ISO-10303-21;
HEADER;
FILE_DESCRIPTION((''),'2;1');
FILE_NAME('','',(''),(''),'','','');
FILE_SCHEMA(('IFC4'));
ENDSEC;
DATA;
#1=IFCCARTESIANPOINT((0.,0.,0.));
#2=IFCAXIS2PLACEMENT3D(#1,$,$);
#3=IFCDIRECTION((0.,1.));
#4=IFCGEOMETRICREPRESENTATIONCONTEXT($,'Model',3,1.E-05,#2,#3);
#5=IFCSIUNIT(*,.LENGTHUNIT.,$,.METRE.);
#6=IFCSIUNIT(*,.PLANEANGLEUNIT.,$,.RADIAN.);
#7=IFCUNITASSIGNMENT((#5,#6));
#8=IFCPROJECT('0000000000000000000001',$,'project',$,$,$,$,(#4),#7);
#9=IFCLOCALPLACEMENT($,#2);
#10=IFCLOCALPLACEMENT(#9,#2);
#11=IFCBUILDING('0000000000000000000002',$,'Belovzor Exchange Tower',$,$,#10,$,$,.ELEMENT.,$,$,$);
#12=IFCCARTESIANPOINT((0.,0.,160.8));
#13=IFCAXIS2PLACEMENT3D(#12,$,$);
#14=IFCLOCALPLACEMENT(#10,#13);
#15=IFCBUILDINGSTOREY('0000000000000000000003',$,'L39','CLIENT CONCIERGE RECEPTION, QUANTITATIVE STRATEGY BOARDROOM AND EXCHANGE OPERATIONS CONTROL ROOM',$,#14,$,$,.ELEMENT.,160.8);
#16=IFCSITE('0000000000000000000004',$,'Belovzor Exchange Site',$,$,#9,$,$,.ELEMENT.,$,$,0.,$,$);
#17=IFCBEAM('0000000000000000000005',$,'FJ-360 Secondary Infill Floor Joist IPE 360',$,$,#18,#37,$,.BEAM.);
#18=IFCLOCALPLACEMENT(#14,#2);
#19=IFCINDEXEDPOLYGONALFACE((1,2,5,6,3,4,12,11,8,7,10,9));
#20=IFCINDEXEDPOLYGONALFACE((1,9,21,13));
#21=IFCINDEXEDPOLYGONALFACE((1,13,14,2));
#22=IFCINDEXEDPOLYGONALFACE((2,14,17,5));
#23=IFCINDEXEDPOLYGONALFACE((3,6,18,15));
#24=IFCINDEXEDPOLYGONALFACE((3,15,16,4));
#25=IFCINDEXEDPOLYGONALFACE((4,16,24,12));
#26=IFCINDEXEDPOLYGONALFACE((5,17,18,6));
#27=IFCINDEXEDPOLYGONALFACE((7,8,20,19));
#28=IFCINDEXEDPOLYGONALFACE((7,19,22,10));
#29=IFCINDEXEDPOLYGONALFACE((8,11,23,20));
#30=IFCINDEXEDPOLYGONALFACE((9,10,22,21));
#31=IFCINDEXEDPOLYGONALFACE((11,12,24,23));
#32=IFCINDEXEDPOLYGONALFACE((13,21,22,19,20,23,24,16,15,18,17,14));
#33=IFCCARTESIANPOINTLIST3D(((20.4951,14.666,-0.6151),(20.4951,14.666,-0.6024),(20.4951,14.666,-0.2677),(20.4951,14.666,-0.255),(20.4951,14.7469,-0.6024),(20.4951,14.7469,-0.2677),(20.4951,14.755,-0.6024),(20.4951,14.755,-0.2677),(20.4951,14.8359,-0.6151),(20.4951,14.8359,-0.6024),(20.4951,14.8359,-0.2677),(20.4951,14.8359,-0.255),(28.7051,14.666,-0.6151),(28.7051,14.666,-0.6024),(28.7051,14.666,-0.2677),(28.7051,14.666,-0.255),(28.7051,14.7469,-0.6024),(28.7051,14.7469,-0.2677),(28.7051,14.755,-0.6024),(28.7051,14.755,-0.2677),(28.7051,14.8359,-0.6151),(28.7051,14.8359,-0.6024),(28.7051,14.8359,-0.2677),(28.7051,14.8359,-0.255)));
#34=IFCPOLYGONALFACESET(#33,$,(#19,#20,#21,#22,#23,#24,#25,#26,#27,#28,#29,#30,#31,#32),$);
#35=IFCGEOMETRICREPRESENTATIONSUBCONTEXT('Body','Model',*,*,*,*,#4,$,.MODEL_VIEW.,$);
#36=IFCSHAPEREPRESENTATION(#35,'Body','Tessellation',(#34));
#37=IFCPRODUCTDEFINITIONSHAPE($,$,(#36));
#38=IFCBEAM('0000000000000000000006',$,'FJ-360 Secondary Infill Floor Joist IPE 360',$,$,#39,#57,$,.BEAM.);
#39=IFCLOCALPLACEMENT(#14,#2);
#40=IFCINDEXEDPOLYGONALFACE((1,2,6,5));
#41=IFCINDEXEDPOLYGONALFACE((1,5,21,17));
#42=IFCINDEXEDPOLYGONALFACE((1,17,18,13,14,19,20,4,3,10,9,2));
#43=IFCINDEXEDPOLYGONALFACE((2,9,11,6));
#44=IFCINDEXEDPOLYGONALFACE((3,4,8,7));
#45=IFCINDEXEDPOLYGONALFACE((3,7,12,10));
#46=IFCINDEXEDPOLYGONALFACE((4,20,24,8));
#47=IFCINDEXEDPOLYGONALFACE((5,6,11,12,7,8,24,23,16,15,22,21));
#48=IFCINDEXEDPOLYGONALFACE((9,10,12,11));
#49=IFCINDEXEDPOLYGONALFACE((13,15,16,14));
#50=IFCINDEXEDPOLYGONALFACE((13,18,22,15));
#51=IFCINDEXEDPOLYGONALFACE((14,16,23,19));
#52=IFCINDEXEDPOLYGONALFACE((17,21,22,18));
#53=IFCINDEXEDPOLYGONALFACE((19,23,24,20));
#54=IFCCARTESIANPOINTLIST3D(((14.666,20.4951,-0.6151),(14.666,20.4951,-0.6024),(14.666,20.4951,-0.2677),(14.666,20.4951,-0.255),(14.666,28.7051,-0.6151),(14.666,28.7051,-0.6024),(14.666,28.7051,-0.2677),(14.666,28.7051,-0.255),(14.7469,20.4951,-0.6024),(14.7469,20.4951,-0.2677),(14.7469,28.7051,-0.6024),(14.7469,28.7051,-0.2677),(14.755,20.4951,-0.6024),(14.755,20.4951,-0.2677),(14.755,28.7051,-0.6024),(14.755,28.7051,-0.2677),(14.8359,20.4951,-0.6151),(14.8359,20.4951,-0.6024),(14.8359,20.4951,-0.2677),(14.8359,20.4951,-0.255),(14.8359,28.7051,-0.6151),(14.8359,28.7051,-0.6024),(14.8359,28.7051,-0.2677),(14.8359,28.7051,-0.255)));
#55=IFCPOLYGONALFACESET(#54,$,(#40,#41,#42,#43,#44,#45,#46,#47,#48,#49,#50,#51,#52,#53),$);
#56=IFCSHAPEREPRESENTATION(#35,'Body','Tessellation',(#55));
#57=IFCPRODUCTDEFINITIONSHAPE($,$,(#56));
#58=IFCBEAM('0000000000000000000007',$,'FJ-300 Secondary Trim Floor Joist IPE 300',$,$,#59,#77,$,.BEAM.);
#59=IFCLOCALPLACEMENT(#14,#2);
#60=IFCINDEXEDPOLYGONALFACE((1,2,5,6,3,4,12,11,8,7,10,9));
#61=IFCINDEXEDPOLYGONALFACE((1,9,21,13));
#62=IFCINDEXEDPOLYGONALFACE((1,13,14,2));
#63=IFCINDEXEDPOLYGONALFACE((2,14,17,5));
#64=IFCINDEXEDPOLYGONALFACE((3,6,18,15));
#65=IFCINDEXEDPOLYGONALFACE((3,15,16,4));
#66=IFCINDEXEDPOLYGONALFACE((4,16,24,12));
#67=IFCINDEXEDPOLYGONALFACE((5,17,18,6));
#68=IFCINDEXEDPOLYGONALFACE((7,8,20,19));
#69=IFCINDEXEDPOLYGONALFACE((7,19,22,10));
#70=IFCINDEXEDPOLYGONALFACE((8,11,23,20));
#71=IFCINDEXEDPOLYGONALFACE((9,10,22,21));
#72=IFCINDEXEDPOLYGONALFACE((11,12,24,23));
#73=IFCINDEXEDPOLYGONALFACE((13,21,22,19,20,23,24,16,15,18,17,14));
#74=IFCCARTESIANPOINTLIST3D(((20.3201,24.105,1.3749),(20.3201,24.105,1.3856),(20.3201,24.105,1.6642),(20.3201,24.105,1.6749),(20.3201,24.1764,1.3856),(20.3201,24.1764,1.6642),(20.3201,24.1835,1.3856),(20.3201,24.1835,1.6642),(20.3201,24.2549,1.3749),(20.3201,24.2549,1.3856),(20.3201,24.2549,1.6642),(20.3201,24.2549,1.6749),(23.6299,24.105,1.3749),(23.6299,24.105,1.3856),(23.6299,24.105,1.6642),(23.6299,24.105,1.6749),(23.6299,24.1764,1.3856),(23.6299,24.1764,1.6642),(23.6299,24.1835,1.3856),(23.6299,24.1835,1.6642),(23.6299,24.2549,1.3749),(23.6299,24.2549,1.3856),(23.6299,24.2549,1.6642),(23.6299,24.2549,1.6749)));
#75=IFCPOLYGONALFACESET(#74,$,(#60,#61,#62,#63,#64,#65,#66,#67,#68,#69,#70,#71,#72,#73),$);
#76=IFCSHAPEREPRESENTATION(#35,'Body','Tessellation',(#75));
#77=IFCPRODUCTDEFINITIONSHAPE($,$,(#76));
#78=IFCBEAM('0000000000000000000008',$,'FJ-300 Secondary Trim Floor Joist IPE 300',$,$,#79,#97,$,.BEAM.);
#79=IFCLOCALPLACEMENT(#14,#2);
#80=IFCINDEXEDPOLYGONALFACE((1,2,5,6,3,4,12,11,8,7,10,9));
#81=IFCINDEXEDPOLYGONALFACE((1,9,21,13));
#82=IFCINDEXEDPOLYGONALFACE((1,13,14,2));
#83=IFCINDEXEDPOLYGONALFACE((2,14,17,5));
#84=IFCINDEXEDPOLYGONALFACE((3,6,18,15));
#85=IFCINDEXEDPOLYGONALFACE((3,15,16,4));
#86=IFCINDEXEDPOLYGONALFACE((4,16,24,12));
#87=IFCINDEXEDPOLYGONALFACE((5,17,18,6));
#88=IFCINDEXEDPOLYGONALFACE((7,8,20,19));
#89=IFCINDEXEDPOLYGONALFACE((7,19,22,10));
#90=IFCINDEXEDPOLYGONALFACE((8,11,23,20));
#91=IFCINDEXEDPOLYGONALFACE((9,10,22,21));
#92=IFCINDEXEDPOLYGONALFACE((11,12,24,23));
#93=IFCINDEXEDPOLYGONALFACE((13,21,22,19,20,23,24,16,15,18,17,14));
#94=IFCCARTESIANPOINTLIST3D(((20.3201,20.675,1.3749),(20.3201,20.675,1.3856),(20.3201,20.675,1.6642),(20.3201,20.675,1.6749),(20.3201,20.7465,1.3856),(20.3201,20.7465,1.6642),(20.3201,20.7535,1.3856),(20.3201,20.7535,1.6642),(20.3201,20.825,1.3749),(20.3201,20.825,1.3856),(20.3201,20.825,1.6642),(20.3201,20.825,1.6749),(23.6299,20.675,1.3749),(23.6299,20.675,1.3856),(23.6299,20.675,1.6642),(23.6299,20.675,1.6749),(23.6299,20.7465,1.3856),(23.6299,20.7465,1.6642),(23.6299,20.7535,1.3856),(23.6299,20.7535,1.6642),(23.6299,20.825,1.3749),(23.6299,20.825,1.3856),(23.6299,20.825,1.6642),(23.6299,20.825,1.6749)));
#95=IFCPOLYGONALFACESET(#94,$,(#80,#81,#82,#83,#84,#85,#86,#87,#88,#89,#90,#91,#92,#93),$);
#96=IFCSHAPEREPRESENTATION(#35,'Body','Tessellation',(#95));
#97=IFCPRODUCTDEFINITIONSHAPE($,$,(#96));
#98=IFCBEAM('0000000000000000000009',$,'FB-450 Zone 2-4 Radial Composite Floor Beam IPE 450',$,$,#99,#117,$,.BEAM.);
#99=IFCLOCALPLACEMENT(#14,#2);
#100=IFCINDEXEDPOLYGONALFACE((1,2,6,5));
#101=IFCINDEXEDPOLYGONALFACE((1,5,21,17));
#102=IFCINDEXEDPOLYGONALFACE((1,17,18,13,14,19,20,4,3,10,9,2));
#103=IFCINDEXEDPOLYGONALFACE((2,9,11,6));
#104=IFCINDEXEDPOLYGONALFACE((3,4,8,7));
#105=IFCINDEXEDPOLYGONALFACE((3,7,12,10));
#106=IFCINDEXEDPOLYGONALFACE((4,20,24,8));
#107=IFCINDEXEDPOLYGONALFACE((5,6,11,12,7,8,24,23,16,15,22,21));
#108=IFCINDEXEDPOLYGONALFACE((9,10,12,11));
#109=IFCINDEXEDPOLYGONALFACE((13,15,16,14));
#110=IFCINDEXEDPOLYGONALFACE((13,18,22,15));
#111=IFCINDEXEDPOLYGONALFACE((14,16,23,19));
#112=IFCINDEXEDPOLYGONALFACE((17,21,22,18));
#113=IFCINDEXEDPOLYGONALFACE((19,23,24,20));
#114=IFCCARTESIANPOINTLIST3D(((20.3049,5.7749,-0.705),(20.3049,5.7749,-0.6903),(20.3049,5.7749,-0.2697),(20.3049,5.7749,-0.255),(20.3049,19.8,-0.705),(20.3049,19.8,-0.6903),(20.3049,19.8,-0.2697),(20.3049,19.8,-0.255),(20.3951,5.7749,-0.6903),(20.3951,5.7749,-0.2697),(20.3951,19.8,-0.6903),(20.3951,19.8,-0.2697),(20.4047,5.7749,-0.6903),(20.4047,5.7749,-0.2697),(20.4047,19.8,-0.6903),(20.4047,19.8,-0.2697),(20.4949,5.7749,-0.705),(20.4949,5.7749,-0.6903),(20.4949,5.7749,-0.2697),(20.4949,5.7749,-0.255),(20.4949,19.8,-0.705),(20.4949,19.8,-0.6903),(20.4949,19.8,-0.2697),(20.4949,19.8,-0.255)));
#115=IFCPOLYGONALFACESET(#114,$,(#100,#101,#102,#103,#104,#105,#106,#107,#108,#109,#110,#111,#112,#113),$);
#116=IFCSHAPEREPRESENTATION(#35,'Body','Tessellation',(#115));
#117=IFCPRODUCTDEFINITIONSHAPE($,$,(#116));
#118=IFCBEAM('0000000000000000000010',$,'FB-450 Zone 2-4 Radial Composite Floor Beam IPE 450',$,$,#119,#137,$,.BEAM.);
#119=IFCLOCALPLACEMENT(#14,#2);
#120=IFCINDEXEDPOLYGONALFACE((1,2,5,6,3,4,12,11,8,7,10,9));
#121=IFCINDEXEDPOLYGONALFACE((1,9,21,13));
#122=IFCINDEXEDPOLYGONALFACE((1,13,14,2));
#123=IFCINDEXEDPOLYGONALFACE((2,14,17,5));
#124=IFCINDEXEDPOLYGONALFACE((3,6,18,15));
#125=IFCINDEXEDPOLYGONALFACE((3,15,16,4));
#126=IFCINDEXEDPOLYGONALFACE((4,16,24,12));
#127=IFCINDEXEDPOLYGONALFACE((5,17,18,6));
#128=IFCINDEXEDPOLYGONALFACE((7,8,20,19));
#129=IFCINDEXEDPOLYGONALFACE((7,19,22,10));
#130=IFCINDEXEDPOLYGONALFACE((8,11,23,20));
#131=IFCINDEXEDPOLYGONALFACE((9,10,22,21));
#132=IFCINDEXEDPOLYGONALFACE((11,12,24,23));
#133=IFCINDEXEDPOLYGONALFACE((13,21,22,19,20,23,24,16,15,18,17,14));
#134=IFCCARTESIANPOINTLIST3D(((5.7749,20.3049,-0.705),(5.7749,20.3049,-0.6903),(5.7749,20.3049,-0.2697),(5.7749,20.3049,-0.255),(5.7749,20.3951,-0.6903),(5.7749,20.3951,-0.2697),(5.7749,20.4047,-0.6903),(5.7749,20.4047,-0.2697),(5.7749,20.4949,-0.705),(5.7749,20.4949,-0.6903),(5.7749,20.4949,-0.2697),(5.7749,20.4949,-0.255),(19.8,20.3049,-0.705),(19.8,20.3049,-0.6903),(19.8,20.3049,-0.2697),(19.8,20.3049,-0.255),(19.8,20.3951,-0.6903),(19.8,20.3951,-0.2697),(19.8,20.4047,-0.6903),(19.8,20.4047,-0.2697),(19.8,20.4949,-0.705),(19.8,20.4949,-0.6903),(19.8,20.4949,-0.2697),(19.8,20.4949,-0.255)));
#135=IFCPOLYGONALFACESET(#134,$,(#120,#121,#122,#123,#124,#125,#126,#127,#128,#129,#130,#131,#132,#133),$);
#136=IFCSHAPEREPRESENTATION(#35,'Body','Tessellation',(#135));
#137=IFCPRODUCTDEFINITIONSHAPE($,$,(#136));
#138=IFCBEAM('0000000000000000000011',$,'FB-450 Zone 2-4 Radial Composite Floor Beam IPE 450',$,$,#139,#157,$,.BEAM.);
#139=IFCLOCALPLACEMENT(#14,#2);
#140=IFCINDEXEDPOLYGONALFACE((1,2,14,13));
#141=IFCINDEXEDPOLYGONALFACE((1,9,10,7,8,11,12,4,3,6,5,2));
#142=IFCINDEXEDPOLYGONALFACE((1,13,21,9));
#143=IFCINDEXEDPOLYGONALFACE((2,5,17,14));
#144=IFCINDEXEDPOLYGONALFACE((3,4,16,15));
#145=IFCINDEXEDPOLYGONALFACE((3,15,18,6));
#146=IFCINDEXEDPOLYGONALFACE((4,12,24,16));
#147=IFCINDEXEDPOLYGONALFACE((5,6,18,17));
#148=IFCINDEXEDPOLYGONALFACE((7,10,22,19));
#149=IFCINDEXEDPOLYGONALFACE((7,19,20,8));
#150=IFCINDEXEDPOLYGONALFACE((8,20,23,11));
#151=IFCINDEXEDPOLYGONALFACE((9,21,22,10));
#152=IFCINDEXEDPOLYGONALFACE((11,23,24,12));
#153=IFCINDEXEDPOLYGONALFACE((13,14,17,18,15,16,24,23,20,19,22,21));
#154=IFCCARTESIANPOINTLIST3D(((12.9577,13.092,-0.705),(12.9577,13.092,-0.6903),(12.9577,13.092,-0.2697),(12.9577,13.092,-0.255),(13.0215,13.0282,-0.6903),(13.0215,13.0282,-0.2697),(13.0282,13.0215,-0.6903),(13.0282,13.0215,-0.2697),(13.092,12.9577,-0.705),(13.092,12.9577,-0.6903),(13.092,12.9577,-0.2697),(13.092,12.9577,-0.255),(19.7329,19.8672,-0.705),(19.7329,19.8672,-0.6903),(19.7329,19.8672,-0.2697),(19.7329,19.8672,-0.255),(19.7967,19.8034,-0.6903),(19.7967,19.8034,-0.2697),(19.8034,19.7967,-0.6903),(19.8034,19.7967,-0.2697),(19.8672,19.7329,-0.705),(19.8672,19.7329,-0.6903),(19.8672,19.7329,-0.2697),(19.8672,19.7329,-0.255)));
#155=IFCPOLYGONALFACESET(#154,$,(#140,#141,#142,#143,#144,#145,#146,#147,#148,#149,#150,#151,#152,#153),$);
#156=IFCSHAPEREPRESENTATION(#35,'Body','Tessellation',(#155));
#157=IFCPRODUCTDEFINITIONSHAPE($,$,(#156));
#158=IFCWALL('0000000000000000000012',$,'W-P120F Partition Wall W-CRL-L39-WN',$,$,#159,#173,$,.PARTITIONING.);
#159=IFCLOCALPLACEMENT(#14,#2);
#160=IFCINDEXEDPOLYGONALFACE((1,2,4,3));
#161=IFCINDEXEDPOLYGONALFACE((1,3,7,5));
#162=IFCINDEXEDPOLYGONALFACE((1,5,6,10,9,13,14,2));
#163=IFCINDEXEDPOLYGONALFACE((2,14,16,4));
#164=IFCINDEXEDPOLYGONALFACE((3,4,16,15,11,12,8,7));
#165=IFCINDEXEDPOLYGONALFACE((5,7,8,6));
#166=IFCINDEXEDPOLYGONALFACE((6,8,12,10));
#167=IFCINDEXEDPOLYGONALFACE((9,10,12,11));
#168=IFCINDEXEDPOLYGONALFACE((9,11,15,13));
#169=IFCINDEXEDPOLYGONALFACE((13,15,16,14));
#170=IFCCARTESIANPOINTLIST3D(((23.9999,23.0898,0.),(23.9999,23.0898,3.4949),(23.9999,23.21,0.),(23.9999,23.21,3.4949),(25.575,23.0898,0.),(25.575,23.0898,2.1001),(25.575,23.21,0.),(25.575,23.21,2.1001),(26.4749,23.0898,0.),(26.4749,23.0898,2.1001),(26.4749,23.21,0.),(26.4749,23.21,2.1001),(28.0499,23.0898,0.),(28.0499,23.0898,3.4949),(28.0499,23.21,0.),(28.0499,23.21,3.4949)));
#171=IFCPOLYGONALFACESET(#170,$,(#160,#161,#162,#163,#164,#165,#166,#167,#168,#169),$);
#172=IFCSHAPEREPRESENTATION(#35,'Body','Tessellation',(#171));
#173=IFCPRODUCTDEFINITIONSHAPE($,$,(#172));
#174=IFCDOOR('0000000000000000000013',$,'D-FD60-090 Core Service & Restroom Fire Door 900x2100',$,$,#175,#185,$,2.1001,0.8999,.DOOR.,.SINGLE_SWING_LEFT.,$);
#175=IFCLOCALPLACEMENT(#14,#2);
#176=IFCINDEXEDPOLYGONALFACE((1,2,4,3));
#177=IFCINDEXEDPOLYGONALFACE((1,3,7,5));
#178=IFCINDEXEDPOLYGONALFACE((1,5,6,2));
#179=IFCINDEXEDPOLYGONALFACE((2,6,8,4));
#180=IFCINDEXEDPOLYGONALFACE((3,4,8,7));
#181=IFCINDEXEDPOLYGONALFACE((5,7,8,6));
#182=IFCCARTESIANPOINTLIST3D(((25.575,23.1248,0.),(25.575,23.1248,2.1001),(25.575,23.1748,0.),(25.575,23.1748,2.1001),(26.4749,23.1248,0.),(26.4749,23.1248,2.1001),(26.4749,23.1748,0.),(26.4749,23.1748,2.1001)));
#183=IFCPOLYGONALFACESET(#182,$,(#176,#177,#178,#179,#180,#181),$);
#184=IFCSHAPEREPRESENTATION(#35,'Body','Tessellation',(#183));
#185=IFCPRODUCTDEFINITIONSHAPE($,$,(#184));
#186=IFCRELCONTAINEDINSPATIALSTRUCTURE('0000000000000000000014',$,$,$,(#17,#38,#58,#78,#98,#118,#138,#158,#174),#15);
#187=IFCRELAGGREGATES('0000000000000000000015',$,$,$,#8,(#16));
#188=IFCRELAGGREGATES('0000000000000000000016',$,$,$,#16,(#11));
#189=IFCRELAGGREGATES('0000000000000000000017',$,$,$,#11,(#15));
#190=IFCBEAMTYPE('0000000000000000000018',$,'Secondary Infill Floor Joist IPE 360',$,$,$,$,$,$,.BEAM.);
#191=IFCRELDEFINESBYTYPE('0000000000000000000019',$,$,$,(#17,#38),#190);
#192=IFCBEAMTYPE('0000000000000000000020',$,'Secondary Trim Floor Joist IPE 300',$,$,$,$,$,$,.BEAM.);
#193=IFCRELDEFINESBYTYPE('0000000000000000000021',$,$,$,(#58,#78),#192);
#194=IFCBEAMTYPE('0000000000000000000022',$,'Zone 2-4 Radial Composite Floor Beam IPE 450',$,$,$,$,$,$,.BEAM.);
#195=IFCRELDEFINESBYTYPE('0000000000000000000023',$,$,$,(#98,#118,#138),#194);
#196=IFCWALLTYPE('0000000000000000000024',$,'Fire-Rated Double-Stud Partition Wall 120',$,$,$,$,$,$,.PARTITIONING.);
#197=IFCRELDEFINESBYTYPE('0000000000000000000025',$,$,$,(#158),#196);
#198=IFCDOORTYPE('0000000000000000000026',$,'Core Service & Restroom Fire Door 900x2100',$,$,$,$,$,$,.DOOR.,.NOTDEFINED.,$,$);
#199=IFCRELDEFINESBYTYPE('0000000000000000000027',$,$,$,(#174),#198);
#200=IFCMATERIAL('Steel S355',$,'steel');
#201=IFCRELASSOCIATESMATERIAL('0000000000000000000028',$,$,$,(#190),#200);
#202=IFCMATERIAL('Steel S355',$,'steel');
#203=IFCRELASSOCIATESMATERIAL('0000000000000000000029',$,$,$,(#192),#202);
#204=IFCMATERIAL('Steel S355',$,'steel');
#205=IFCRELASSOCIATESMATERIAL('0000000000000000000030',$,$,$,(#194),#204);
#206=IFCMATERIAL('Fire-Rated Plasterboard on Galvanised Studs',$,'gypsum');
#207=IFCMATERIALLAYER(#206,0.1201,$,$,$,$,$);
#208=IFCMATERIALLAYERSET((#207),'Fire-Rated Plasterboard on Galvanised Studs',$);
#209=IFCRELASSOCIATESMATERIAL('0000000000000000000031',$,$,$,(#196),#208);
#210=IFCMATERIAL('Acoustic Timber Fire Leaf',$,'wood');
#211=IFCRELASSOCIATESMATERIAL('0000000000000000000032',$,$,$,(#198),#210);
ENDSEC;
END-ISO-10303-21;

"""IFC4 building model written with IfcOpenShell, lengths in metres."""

from ifc_helpers import new_model, si_unit, direction, frame, frame_2d, origin, origin_2d, place, context, subcontext, project, spatial, rectangle, i_section, extrude, material, layer, layer_set, material_profile, profile_set, type_object, element, fill, save


model = new_model("IFC4")

# Units and contexts
model_context = context("Model", 3, precision=1e-05, world=origin(), true_north=direction((0.0, 1.0)))
body_context = subcontext(model_context, "Body", "Model", "MODEL_VIEW")
ifc_project = project(units=[si_unit("LENGTHUNIT", "METRE"), si_unit("PLANEANGLEUNIT", "RADIAN")], contexts=[model_context])

# Site, building, storey
site_placement = place(None, origin())
site = spatial("IfcSite", under=ifc_project, at=site_placement, Name="Belovzor Exchange Site", CompositionType="ELEMENT", RefElevation=0.0)
building_placement = place(site_placement, origin())
building = spatial("IfcBuilding", under=site, at=building_placement, Name="Belovzor Exchange Tower", CompositionType="ELEMENT")
storey_placement = place(building_placement, frame((0.0, 0.0, 160.8)))
storey = spatial("IfcBuildingStorey", under=building, at=storey_placement, Name="L39", Description="CLIENT CONCIERGE RECEPTION, QUANTITATIVE STRATEGY BOARDROOM AND EXCHANGE OPERATIONS CONTROL ROOM", CompositionType="ELEMENT", Elevation=160.8)

# Beams
ifc_material_1 = material(Name="Steel S355", Category="steel")
ifc_material_profile_1 = material_profile(ifc_material_1, i_section(OverallWidth=0.1699, OverallDepth=0.3601, WebThickness=0.0081, FlangeThickness=0.0127, at=origin_2d()))
ifc_profile_set_1 = profile_set([ifc_material_profile_1], Name="Steel S355")
beam_type_1 = type_object("IfcBeamType", Name="Secondary Infill Floor Joist IPE 360", PredefinedType="BEAM", material=ifc_profile_set_1)
for number, where, z_axis, x_axis, name in (
    (1, (20.4951, 14.751, -0.4351), (1.0, 0.0, 0.0), (0.0, 1.0, 0.0), "FJ-360 Secondary Infill Floor Joist IPE 360"),
    (2, (14.751, 20.4951, -0.4351), (0.0, 1.0, 0.0), (-1.0, 0.0, 0.0), "FJ-360 Secondary Infill Floor Joist IPE 360"),
):
    element("IfcBeam", number, at=place(storey_placement, frame(where, z_axis=z_axis, x_axis=x_axis)), inside=storey, type_object=beam_type_1, Name=name, PredefinedType="BEAM", context=body_context, shape_type="SweptSolid", body=[
        extrude(i_section(OverallWidth=0.1699, OverallDepth=0.3601, WebThickness=0.0081, FlangeThickness=0.0127, at=origin_2d()), origin(), (0.0, 0.0, 1.0), 8.21),
    ])
ifc_material_2 = material(Name="Steel S355", Category="steel")
ifc_material_profile_2 = material_profile(ifc_material_2, i_section(OverallWidth=0.1499, OverallDepth=0.3, WebThickness=0.0071, FlangeThickness=0.0107, at=origin_2d()))
ifc_profile_set_2 = profile_set([ifc_material_profile_2], Name="Steel S355")
beam_type_2 = type_object("IfcBeamType", Name="Secondary Trim Floor Joist IPE 300", PredefinedType="BEAM", material=ifc_profile_set_2)
for number, where, z_axis, x_axis, name in (
    (3, (20.3201, 24.1799, 1.5249), (1.0, 0.0, 0.0), (0.0, 1.0, 0.0), "FJ-300 Secondary Trim Floor Joist IPE 300"),
    (4, (20.3201, 20.75, 1.5249), (1.0, 0.0, 0.0), (0.0, 1.0, 0.0), "FJ-300 Secondary Trim Floor Joist IPE 300"),
):
    element("IfcBeam", number, at=place(storey_placement, frame(where, z_axis=z_axis, x_axis=x_axis)), inside=storey, type_object=beam_type_2, Name=name, PredefinedType="BEAM", context=body_context, shape_type="SweptSolid", body=[
        extrude(i_section(OverallWidth=0.1499, OverallDepth=0.3, WebThickness=0.0071, FlangeThickness=0.0107, at=origin_2d()), origin(), (0.0, 0.0, 1.0), 3.3098),
    ])
ifc_material_3 = material(Name="Steel S355", Category="steel")
ifc_material_profile_3 = material_profile(ifc_material_3, i_section(OverallWidth=0.1899, OverallDepth=0.45, WebThickness=0.0095, FlangeThickness=0.0146, at=origin_2d()))
ifc_profile_set_3 = profile_set([ifc_material_profile_3], Name="Steel S355")
beam_type_3 = type_object("IfcBeamType", Name="Zone 2-4 Radial Composite Floor Beam IPE 450", PredefinedType="BEAM", material=ifc_profile_set_3)
for number, where, z_axis, x_axis, name in (
    (5, (20.3999, 19.8, -0.48), (0.0, -1.0, 0.0), (1.0, 0.0, 0.0), "FB-450 Zone 2-4 Radial Composite Floor Beam IPE 450"),
    (6, (19.8, 20.3999, -0.48), (-1.0, 0.0, 0.0), (0.0, -1.0, 0.0), "FB-450 Zone 2-4 Radial Composite Floor Beam IPE 450"),
):
    element("IfcBeam", number, at=place(storey_placement, frame(where, z_axis=z_axis, x_axis=x_axis)), inside=storey, type_object=beam_type_3, Name=name, PredefinedType="BEAM", context=body_context, shape_type="SweptSolid", body=[
        extrude(i_section(OverallWidth=0.1899, OverallDepth=0.45, WebThickness=0.0095, FlangeThickness=0.0146, at=origin_2d()), origin(), (0.0, 0.0, 1.0), 14.0251),
    ])
beam_placement = place(storey_placement, frame((19.8, 19.8, -0.48), z_axis=(-0.707107, -0.707107, 0.0), x_axis=(0.707107, -0.707107, 0.0)))
element("IfcBeam", 7, at=beam_placement, inside=storey, type_object=beam_type_3, Name="FB-450 Zone 2-4 Radial Composite Floor Beam IPE 450", PredefinedType="BEAM", context=body_context, shape_type="SweptSolid", body=[
    extrude(i_section(OverallWidth=0.1899, OverallDepth=0.45, WebThickness=0.0095, FlangeThickness=0.0146, at=origin_2d()), origin(), (0.0, 0.0, 1.0), 9.5815),
])

# Wall, opening, door
ifc_material_4 = material(Name="Fire-Rated Plasterboard on Galvanised Studs", Category="gypsum")
ifc_layer_1 = layer(ifc_material_4, 0.1201)
ifc_layer_set_1 = layer_set([ifc_layer_1], Name="Fire-Rated Plasterboard on Galvanised Studs")
wall_type_1 = type_object("IfcWallType", Name="Fire-Rated Double-Stud Partition Wall 120", PredefinedType="PARTITIONING", material=ifc_layer_set_1)
wall_1_placement = place(storey_placement, frame((24.0, 23.1499, 0.0), z_axis=(0.0, 0.0, 1.0), x_axis=(1.0, 0.0, 0.0)))
wall_1 = element("IfcWall", 8, at=wall_1_placement, inside=storey, type_object=wall_type_1, Name="W-P120F Partition Wall W-CRL-L39-WN", PredefinedType="PARTITIONING", context=body_context, shape_type="SweptSolid", body=[
    extrude(rectangle(XDim=4.05, YDim=0.1201, at=frame_2d((2.0249, 0.0))), origin(), (0.0, 0.0, 1.0), 3.4949),
])
opening_1_placement = place(wall_1_placement, frame((1.575, 0.0, 0.0)))
opening_1 = element("IfcOpeningElement", 9, at=opening_1_placement, cuts=wall_1, PredefinedType="OPENING", context=body_context, shape_type="SweptSolid", body=[
    extrude(rectangle(XDim=0.8999, YDim=2.1001, at=frame_2d((0.45, 1.05))), frame((0.0, 0.0701, 0.0), z_axis=(0.0, -1.0, 0.0), x_axis=(1.0, 0.0, 0.0)), (0.0, 0.0, 1.0), 0.1401),
])
ifc_material_5 = material(Name="Acoustic Timber Fire Leaf", Category="wood")
door_type_1 = type_object("IfcDoorType", Name="Core Service & Restroom Fire Door 900x2100", OperationType="NOTDEFINED", PredefinedType="DOOR", material=ifc_material_5)
door_1_placement = place(opening_1_placement, origin())
door_1 = element("IfcDoor", 10, at=door_1_placement, inside=storey, type_object=door_type_1, Name="D-FD60-090 Core Service & Restroom Fire Door 900x2100", OperationType="SINGLE_SWING_LEFT", OverallHeight=2.1001, OverallWidth=0.8999, PredefinedType="DOOR", context=body_context, shape_type="SweptSolid", body=[
    extrude(rectangle(XDim=0.8999, YDim=2.1001, at=frame_2d((0.45, 1.05))), frame((0.0, 0.0249, 0.0), z_axis=(0.0, -1.0, 0.0), x_axis=(1.0, 0.0, 0.0)), (0.0, 0.0, 1.0), 0.05),
])
fill(opening_1, door_1)

save(model, "model.ifc")
